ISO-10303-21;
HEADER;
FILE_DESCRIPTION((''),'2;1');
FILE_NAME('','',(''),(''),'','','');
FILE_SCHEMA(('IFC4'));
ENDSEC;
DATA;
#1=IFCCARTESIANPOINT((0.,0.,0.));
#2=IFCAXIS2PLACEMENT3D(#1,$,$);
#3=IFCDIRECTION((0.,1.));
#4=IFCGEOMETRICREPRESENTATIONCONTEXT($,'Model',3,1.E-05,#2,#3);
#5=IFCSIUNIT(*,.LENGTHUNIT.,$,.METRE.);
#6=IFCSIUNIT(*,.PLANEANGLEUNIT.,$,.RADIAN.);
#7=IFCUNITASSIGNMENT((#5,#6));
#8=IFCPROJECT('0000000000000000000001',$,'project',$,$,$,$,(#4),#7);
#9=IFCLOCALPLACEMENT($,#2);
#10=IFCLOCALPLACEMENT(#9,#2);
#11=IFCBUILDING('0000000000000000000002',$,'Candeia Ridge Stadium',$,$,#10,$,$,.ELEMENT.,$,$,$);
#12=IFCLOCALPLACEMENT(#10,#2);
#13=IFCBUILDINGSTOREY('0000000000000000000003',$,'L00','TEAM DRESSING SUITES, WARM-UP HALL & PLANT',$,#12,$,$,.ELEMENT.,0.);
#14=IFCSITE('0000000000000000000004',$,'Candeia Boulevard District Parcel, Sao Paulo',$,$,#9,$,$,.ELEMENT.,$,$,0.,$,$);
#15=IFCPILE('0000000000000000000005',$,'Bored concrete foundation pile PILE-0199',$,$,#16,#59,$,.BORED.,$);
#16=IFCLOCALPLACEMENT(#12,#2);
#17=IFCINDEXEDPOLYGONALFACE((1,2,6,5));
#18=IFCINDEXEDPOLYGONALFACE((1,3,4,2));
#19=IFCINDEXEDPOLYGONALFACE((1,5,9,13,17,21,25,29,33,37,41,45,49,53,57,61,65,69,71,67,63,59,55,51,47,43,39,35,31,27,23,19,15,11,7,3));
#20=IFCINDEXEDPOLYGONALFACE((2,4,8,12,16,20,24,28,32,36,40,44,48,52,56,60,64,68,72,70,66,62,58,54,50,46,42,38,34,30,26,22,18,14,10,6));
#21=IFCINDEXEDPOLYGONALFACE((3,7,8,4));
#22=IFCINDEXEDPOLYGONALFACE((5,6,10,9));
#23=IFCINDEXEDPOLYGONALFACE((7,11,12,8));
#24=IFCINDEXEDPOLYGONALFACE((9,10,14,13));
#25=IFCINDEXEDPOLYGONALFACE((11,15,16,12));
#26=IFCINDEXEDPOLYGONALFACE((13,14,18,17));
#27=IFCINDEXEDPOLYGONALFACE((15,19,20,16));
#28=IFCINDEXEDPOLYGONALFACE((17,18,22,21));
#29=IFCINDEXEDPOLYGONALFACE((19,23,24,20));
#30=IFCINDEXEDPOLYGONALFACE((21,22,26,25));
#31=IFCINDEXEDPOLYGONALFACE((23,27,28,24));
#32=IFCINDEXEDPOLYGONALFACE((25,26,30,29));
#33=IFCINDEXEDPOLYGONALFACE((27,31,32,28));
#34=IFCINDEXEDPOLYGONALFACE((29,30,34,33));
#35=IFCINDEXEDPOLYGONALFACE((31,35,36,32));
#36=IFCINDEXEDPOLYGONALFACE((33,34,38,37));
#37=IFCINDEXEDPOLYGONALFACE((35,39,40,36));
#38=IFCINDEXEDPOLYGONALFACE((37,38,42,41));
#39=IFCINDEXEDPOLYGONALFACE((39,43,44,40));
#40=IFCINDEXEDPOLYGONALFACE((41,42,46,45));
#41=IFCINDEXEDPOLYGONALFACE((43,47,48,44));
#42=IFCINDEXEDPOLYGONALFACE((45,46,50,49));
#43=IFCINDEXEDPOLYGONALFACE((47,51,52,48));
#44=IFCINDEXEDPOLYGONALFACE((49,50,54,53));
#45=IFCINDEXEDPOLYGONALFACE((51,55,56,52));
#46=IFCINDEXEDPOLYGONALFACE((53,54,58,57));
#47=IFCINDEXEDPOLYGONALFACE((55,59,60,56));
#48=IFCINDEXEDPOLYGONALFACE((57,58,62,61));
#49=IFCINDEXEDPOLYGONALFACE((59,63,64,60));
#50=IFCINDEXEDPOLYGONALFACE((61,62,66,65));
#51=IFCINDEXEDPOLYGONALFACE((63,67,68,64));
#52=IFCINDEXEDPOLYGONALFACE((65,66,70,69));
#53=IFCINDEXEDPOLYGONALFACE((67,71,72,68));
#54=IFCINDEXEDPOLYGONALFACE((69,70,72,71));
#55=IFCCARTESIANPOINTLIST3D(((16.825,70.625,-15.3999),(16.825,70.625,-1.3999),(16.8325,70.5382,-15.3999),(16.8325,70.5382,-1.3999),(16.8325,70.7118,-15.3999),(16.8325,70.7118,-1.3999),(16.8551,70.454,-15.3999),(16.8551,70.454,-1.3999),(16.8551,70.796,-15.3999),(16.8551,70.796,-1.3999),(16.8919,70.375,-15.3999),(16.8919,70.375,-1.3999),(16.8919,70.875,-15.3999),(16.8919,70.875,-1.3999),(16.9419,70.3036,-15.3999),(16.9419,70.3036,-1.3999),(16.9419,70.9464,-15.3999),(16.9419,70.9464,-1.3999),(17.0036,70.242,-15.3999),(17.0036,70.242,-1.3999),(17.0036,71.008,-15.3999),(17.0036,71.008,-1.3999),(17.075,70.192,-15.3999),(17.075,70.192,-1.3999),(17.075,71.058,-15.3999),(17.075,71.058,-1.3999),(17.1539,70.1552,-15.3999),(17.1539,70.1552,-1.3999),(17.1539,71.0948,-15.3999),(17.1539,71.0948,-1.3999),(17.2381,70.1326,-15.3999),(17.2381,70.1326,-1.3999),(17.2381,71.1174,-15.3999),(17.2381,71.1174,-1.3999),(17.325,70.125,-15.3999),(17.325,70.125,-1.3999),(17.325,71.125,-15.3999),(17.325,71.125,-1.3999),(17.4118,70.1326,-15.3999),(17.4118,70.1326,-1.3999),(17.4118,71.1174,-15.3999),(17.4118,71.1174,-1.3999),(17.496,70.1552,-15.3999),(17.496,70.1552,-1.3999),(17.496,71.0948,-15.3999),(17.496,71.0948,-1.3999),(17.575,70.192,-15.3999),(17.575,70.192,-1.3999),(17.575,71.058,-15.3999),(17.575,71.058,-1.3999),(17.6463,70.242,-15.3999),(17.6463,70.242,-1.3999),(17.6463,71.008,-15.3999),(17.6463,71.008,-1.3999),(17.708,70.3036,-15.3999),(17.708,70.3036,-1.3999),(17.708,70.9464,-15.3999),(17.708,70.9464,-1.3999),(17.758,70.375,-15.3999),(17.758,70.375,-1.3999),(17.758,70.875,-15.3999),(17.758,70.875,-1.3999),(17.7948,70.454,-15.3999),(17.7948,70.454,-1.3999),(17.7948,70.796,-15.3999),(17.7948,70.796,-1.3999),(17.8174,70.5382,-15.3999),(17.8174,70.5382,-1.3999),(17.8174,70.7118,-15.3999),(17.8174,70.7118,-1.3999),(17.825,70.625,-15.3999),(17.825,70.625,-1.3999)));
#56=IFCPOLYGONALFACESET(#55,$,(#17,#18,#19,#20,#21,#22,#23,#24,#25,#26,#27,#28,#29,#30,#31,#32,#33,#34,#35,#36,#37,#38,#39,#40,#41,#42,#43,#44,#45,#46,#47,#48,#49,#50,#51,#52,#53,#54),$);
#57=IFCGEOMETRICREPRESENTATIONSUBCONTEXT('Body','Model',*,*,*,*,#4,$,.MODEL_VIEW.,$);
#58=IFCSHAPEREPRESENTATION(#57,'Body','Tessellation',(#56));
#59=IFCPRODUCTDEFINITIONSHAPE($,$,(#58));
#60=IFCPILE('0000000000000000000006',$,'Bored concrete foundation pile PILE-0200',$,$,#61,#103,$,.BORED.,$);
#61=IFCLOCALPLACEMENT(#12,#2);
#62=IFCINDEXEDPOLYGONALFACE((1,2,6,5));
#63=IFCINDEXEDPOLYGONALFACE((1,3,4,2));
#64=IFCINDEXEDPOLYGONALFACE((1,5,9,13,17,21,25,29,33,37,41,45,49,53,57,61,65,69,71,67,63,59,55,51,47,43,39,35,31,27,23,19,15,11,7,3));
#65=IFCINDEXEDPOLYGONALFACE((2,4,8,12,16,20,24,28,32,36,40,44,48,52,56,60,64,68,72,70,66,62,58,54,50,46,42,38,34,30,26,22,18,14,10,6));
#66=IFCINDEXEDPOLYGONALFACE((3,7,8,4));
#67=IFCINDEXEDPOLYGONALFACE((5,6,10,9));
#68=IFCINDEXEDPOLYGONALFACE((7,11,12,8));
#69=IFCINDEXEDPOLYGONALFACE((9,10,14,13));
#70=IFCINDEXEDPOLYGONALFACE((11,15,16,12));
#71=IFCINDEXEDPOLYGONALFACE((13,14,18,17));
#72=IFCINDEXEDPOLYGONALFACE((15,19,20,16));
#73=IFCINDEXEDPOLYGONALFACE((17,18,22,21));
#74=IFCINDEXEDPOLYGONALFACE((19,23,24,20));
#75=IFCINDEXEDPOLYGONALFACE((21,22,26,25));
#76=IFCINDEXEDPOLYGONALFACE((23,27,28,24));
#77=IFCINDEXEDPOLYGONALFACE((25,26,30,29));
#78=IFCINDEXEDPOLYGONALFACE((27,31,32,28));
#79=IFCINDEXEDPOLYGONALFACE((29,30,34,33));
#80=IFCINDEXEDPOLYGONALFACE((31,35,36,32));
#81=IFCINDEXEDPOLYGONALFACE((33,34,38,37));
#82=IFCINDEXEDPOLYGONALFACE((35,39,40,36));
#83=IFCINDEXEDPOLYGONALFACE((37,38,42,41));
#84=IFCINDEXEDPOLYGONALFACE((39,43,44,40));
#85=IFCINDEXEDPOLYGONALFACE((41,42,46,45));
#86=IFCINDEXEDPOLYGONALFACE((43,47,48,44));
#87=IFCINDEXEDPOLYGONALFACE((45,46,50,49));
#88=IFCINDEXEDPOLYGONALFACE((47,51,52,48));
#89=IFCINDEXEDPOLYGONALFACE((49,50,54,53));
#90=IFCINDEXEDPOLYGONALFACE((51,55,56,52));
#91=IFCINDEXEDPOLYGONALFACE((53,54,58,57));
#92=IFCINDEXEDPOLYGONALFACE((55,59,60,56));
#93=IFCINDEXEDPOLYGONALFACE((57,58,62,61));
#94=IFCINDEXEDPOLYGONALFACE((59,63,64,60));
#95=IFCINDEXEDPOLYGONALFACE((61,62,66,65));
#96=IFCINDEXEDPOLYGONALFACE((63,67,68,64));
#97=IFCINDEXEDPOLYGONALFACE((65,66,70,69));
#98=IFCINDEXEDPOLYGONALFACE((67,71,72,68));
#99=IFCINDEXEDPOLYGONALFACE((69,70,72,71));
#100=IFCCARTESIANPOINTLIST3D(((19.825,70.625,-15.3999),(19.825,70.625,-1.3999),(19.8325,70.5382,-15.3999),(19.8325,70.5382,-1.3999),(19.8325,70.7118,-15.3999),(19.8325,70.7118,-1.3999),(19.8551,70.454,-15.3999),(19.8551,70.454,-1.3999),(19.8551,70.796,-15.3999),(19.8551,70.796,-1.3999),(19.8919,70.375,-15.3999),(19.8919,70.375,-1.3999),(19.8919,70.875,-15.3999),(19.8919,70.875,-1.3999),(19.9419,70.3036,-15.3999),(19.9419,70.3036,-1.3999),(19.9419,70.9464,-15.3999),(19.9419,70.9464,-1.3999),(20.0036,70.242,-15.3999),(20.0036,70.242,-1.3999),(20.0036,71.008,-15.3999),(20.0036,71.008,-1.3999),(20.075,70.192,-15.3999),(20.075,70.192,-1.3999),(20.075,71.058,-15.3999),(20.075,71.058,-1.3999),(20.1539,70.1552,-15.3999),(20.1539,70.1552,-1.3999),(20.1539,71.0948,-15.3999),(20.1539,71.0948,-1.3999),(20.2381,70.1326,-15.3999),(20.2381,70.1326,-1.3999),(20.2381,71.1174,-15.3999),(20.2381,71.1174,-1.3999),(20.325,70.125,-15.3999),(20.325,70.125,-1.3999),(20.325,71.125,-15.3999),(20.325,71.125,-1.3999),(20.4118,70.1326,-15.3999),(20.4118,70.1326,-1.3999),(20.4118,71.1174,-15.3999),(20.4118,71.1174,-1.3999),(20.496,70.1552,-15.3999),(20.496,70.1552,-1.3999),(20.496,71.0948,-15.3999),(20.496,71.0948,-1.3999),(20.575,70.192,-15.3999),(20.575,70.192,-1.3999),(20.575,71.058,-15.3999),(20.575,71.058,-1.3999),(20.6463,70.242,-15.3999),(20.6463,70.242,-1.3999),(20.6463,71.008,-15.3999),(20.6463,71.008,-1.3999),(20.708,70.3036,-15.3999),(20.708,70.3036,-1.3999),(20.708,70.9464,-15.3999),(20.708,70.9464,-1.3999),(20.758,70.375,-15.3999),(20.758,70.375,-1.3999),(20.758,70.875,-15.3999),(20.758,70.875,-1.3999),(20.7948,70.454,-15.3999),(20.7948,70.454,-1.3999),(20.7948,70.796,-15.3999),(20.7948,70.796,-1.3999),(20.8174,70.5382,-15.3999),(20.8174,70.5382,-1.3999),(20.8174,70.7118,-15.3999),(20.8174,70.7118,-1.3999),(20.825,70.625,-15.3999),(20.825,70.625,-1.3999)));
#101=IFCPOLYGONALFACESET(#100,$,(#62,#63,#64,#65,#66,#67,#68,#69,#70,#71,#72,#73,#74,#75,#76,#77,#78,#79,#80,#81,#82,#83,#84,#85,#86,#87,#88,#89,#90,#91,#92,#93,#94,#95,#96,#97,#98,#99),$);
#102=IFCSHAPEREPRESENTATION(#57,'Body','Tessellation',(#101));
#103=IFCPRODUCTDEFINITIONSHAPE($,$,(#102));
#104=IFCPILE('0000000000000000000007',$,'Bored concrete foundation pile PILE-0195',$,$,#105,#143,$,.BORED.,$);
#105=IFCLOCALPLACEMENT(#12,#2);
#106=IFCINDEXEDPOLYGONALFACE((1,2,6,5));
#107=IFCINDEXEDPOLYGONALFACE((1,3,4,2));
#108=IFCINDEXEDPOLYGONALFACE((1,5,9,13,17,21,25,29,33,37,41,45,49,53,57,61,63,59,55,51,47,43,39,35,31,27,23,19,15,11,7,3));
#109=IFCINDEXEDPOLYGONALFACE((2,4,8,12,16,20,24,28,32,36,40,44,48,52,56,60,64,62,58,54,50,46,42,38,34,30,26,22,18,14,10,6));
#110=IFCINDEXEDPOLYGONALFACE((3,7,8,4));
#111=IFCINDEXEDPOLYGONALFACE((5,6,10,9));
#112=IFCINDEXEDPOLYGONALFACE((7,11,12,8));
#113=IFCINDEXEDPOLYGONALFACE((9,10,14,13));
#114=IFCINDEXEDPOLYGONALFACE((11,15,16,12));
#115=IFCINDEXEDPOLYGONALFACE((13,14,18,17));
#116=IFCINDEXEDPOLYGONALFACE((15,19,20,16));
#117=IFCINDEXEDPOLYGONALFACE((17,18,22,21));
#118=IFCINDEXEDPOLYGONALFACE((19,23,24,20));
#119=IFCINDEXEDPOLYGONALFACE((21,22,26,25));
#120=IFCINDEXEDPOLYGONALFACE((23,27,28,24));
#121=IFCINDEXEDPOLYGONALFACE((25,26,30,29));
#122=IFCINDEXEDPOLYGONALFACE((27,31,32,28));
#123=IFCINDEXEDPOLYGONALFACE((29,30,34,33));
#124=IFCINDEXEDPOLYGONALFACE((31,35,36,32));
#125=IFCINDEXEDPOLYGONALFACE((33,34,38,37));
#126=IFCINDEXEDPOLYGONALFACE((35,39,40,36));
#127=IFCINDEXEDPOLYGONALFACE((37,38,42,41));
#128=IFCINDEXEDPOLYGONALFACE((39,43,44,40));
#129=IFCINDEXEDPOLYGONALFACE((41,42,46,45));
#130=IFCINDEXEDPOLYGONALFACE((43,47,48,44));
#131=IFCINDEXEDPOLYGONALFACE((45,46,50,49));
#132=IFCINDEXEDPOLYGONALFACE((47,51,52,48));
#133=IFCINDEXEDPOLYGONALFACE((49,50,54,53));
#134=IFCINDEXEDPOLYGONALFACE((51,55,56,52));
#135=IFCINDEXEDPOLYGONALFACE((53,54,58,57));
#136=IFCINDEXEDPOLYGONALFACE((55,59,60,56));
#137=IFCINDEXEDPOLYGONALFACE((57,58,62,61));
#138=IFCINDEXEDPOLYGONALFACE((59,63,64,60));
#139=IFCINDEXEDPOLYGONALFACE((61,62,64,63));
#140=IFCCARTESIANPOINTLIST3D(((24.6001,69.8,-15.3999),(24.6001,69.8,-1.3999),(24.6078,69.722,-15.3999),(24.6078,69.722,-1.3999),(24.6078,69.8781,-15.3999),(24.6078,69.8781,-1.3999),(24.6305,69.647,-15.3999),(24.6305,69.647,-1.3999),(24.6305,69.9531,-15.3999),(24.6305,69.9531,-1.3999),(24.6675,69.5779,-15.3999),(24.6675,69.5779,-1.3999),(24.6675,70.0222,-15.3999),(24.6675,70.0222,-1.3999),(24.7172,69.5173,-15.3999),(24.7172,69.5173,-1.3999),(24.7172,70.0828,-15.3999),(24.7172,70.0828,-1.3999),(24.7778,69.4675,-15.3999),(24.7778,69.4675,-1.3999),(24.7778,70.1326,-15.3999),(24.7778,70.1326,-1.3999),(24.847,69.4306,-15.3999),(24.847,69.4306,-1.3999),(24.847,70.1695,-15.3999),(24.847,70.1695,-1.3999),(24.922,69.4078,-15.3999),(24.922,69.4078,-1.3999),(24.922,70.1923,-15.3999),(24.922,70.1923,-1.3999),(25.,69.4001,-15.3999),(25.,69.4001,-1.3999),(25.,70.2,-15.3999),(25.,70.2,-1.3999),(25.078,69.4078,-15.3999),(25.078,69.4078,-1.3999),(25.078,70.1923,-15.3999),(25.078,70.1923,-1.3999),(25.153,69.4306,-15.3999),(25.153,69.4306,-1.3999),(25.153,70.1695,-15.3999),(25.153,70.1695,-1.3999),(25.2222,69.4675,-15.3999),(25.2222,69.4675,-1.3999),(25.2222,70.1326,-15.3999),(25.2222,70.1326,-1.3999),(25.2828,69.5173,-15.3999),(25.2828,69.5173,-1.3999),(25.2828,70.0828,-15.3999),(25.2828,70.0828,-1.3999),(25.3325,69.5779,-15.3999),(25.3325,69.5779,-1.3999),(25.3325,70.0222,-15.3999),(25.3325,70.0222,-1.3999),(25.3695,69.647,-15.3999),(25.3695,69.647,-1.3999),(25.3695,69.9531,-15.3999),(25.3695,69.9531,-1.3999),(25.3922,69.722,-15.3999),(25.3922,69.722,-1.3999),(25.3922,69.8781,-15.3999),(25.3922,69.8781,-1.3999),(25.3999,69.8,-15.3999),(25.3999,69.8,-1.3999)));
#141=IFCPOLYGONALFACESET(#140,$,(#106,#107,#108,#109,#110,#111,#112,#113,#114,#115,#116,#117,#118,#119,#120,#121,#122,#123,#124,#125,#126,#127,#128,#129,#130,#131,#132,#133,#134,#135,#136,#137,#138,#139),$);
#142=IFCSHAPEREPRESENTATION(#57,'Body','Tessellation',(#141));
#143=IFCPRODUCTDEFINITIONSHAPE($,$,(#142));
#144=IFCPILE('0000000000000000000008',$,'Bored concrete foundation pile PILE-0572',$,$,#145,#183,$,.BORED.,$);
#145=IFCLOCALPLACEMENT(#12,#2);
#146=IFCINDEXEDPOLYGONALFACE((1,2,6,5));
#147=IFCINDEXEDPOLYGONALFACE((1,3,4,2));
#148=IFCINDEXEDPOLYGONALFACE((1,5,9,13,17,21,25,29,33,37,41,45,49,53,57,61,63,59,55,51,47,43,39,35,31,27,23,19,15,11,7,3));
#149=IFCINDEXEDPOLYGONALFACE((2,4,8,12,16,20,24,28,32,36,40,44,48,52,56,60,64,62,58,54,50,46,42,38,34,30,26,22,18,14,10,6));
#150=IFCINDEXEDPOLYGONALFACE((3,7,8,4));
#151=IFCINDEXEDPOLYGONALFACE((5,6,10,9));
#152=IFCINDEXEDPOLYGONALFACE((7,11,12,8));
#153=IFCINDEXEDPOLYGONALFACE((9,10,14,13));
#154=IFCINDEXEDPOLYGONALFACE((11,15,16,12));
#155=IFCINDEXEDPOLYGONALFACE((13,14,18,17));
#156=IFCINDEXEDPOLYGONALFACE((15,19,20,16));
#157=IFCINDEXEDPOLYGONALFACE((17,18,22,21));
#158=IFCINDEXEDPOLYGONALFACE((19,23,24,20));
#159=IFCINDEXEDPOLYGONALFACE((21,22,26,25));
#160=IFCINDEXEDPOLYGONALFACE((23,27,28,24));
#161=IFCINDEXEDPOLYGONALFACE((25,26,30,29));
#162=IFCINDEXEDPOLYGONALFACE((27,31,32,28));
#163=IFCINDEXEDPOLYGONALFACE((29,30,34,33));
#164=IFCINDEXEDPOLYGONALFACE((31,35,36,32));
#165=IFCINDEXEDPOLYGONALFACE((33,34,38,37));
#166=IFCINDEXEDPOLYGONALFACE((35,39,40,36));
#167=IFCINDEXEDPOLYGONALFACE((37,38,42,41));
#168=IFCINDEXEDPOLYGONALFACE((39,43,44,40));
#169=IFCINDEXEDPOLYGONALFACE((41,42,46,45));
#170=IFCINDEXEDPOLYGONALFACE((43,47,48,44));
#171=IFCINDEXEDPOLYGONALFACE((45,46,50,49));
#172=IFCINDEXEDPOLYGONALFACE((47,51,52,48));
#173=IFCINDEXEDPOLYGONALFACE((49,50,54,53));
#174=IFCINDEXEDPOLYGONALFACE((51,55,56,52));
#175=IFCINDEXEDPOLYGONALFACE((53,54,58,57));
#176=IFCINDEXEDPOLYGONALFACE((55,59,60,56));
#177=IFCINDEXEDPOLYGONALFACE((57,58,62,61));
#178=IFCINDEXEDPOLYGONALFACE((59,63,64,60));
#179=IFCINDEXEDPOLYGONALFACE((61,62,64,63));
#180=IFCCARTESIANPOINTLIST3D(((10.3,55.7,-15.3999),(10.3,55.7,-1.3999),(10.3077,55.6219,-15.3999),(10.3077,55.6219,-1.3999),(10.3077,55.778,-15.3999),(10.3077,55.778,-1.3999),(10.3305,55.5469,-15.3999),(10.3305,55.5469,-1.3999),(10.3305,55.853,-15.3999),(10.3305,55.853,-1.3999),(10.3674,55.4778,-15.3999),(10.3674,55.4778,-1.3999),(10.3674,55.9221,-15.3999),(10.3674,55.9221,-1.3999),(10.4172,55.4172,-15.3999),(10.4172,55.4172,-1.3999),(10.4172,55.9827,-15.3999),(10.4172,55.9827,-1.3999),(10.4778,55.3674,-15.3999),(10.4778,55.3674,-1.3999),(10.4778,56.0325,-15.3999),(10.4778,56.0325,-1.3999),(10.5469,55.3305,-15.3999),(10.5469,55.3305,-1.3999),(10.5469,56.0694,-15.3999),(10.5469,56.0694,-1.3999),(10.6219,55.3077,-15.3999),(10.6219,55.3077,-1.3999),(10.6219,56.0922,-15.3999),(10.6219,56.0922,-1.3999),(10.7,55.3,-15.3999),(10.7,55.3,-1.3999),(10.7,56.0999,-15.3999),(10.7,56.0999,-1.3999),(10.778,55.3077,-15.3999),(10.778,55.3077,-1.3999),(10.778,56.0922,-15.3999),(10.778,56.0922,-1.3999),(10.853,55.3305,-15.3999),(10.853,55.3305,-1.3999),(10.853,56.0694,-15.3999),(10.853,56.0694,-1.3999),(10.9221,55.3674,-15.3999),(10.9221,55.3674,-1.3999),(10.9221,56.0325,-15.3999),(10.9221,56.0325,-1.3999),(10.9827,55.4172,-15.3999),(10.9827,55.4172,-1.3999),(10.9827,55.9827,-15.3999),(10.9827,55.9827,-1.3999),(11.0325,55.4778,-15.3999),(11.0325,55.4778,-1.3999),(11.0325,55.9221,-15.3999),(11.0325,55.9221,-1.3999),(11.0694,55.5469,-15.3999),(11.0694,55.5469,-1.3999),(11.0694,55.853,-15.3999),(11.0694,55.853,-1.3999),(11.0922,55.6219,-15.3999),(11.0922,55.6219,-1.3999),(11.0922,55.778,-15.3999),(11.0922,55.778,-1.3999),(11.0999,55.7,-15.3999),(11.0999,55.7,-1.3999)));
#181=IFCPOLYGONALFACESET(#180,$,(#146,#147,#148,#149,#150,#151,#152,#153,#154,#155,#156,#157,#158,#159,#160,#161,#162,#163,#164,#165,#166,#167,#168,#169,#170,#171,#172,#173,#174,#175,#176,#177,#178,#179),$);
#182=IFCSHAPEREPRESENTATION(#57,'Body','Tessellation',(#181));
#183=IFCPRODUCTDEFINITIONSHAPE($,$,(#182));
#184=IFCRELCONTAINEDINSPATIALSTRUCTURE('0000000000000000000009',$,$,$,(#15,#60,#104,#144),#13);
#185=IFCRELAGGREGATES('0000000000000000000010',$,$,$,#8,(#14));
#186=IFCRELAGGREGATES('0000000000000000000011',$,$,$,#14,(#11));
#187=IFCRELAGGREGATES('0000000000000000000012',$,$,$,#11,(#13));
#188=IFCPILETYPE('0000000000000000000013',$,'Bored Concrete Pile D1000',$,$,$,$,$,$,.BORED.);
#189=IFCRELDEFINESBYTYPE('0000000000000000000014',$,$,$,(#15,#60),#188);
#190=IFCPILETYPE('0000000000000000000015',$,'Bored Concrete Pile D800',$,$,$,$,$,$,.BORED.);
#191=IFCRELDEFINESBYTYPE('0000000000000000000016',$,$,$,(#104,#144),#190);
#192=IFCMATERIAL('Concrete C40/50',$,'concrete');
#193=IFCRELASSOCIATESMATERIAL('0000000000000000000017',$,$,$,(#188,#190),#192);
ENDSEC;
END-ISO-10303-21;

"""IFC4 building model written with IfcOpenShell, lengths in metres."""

from ifc_helpers import new_model, si_unit, direction, frame, origin, origin_2d, place, context, subcontext, project, spatial, circle, extrude, material, material_profile, profile_set, type_object, element, save


model = new_model("IFC4")

# Units and contexts
model_context = context("Model", 3, precision=1e-05, world=origin(), true_north=direction((0.0, 1.0)))
body_context = subcontext(model_context, "Body", "Model", "MODEL_VIEW")
ifc_project = project(units=[si_unit("LENGTHUNIT", "METRE"), si_unit("PLANEANGLEUNIT", "RADIAN")], contexts=[model_context])

# Site, building, storey
site_placement = place(None, origin())
site = spatial("IfcSite", under=ifc_project, at=site_placement, Name="Candeia Boulevard District Parcel, Sao Paulo", CompositionType="ELEMENT", RefElevation=0.0)
building_placement = place(site_placement, origin())
building = spatial("IfcBuilding", under=site, at=building_placement, Name="Candeia Ridge Stadium", CompositionType="ELEMENT")
storey_placement = place(building_placement, origin())
storey = spatial("IfcBuildingStorey", under=building, at=storey_placement, Name="L00", Description="TEAM DRESSING SUITES, WARM-UP HALL & PLANT", CompositionType="ELEMENT", Elevation=0.0)

# Piles
ifc_material_1 = material(Name="Concrete C40/50", Category="concrete")
ifc_material_profile_1 = material_profile(ifc_material_1, circle(Radius=0.5, at=origin_2d()), Name="PILE-D1000", Category="concrete")
ifc_profile_set_1 = profile_set([ifc_material_profile_1], Name="Concrete C40/50")
pile_type_1 = type_object("IfcPileType", Name="Bored Concrete Pile D1000", PredefinedType="BORED", material=ifc_profile_set_1)
for number, where, z_axis, x_axis, name in (
    (1, (17.325, 70.625, -1.3999), (0.0, 0.0, -1.0), (1.0, 0.0, 0.0), "Bored concrete foundation pile PILE-0199"),
    (2, (20.325, 70.625, -1.3999), (0.0, 0.0, -1.0), (1.0, 0.0, 0.0), "Bored concrete foundation pile PILE-0200"),
):
    element("IfcPile", number, at=place(storey_placement, frame(where, z_axis=z_axis, x_axis=x_axis)), inside=storey, type_object=pile_type_1, Name=name, PredefinedType="BORED", context=body_context, shape_type="SweptSolid", body=[
        extrude(circle(Radius=0.5, at=origin_2d()), origin(), (0.0, 0.0, 1.0), 14.0),
    ])
ifc_material_profile_2 = material_profile(ifc_material_1, circle(Radius=0.3999, at=origin_2d()), Name="PILE-D800", Category="concrete")
ifc_profile_set_2 = profile_set([ifc_material_profile_2], Name="Concrete C40/50")
pile_type_2 = type_object("IfcPileType", Name="Bored Concrete Pile D800", PredefinedType="BORED", material=ifc_profile_set_2)
for number, where, z_axis, x_axis, name in (
    (3, (25.0, 69.8, -1.3999), (0.0, 0.0, -1.0), (1.0, 0.0, 0.0), "Bored concrete foundation pile PILE-0195"),
    (4, (10.7, 55.7, -1.3999), (0.0, 0.0, -1.0), (1.0, 0.0, 0.0), "Bored concrete foundation pile PILE-0572"),
):
    element("IfcPile", number, at=place(storey_placement, frame(where, z_axis=z_axis, x_axis=x_axis)), inside=storey, type_object=pile_type_2, Name=name, PredefinedType="BORED", context=body_context, shape_type="SweptSolid", body=[
        extrude(circle(Radius=0.3999, at=origin_2d()), origin(), (0.0, 0.0, 1.0), 14.0),
    ])

save(model, "model.ifc")
